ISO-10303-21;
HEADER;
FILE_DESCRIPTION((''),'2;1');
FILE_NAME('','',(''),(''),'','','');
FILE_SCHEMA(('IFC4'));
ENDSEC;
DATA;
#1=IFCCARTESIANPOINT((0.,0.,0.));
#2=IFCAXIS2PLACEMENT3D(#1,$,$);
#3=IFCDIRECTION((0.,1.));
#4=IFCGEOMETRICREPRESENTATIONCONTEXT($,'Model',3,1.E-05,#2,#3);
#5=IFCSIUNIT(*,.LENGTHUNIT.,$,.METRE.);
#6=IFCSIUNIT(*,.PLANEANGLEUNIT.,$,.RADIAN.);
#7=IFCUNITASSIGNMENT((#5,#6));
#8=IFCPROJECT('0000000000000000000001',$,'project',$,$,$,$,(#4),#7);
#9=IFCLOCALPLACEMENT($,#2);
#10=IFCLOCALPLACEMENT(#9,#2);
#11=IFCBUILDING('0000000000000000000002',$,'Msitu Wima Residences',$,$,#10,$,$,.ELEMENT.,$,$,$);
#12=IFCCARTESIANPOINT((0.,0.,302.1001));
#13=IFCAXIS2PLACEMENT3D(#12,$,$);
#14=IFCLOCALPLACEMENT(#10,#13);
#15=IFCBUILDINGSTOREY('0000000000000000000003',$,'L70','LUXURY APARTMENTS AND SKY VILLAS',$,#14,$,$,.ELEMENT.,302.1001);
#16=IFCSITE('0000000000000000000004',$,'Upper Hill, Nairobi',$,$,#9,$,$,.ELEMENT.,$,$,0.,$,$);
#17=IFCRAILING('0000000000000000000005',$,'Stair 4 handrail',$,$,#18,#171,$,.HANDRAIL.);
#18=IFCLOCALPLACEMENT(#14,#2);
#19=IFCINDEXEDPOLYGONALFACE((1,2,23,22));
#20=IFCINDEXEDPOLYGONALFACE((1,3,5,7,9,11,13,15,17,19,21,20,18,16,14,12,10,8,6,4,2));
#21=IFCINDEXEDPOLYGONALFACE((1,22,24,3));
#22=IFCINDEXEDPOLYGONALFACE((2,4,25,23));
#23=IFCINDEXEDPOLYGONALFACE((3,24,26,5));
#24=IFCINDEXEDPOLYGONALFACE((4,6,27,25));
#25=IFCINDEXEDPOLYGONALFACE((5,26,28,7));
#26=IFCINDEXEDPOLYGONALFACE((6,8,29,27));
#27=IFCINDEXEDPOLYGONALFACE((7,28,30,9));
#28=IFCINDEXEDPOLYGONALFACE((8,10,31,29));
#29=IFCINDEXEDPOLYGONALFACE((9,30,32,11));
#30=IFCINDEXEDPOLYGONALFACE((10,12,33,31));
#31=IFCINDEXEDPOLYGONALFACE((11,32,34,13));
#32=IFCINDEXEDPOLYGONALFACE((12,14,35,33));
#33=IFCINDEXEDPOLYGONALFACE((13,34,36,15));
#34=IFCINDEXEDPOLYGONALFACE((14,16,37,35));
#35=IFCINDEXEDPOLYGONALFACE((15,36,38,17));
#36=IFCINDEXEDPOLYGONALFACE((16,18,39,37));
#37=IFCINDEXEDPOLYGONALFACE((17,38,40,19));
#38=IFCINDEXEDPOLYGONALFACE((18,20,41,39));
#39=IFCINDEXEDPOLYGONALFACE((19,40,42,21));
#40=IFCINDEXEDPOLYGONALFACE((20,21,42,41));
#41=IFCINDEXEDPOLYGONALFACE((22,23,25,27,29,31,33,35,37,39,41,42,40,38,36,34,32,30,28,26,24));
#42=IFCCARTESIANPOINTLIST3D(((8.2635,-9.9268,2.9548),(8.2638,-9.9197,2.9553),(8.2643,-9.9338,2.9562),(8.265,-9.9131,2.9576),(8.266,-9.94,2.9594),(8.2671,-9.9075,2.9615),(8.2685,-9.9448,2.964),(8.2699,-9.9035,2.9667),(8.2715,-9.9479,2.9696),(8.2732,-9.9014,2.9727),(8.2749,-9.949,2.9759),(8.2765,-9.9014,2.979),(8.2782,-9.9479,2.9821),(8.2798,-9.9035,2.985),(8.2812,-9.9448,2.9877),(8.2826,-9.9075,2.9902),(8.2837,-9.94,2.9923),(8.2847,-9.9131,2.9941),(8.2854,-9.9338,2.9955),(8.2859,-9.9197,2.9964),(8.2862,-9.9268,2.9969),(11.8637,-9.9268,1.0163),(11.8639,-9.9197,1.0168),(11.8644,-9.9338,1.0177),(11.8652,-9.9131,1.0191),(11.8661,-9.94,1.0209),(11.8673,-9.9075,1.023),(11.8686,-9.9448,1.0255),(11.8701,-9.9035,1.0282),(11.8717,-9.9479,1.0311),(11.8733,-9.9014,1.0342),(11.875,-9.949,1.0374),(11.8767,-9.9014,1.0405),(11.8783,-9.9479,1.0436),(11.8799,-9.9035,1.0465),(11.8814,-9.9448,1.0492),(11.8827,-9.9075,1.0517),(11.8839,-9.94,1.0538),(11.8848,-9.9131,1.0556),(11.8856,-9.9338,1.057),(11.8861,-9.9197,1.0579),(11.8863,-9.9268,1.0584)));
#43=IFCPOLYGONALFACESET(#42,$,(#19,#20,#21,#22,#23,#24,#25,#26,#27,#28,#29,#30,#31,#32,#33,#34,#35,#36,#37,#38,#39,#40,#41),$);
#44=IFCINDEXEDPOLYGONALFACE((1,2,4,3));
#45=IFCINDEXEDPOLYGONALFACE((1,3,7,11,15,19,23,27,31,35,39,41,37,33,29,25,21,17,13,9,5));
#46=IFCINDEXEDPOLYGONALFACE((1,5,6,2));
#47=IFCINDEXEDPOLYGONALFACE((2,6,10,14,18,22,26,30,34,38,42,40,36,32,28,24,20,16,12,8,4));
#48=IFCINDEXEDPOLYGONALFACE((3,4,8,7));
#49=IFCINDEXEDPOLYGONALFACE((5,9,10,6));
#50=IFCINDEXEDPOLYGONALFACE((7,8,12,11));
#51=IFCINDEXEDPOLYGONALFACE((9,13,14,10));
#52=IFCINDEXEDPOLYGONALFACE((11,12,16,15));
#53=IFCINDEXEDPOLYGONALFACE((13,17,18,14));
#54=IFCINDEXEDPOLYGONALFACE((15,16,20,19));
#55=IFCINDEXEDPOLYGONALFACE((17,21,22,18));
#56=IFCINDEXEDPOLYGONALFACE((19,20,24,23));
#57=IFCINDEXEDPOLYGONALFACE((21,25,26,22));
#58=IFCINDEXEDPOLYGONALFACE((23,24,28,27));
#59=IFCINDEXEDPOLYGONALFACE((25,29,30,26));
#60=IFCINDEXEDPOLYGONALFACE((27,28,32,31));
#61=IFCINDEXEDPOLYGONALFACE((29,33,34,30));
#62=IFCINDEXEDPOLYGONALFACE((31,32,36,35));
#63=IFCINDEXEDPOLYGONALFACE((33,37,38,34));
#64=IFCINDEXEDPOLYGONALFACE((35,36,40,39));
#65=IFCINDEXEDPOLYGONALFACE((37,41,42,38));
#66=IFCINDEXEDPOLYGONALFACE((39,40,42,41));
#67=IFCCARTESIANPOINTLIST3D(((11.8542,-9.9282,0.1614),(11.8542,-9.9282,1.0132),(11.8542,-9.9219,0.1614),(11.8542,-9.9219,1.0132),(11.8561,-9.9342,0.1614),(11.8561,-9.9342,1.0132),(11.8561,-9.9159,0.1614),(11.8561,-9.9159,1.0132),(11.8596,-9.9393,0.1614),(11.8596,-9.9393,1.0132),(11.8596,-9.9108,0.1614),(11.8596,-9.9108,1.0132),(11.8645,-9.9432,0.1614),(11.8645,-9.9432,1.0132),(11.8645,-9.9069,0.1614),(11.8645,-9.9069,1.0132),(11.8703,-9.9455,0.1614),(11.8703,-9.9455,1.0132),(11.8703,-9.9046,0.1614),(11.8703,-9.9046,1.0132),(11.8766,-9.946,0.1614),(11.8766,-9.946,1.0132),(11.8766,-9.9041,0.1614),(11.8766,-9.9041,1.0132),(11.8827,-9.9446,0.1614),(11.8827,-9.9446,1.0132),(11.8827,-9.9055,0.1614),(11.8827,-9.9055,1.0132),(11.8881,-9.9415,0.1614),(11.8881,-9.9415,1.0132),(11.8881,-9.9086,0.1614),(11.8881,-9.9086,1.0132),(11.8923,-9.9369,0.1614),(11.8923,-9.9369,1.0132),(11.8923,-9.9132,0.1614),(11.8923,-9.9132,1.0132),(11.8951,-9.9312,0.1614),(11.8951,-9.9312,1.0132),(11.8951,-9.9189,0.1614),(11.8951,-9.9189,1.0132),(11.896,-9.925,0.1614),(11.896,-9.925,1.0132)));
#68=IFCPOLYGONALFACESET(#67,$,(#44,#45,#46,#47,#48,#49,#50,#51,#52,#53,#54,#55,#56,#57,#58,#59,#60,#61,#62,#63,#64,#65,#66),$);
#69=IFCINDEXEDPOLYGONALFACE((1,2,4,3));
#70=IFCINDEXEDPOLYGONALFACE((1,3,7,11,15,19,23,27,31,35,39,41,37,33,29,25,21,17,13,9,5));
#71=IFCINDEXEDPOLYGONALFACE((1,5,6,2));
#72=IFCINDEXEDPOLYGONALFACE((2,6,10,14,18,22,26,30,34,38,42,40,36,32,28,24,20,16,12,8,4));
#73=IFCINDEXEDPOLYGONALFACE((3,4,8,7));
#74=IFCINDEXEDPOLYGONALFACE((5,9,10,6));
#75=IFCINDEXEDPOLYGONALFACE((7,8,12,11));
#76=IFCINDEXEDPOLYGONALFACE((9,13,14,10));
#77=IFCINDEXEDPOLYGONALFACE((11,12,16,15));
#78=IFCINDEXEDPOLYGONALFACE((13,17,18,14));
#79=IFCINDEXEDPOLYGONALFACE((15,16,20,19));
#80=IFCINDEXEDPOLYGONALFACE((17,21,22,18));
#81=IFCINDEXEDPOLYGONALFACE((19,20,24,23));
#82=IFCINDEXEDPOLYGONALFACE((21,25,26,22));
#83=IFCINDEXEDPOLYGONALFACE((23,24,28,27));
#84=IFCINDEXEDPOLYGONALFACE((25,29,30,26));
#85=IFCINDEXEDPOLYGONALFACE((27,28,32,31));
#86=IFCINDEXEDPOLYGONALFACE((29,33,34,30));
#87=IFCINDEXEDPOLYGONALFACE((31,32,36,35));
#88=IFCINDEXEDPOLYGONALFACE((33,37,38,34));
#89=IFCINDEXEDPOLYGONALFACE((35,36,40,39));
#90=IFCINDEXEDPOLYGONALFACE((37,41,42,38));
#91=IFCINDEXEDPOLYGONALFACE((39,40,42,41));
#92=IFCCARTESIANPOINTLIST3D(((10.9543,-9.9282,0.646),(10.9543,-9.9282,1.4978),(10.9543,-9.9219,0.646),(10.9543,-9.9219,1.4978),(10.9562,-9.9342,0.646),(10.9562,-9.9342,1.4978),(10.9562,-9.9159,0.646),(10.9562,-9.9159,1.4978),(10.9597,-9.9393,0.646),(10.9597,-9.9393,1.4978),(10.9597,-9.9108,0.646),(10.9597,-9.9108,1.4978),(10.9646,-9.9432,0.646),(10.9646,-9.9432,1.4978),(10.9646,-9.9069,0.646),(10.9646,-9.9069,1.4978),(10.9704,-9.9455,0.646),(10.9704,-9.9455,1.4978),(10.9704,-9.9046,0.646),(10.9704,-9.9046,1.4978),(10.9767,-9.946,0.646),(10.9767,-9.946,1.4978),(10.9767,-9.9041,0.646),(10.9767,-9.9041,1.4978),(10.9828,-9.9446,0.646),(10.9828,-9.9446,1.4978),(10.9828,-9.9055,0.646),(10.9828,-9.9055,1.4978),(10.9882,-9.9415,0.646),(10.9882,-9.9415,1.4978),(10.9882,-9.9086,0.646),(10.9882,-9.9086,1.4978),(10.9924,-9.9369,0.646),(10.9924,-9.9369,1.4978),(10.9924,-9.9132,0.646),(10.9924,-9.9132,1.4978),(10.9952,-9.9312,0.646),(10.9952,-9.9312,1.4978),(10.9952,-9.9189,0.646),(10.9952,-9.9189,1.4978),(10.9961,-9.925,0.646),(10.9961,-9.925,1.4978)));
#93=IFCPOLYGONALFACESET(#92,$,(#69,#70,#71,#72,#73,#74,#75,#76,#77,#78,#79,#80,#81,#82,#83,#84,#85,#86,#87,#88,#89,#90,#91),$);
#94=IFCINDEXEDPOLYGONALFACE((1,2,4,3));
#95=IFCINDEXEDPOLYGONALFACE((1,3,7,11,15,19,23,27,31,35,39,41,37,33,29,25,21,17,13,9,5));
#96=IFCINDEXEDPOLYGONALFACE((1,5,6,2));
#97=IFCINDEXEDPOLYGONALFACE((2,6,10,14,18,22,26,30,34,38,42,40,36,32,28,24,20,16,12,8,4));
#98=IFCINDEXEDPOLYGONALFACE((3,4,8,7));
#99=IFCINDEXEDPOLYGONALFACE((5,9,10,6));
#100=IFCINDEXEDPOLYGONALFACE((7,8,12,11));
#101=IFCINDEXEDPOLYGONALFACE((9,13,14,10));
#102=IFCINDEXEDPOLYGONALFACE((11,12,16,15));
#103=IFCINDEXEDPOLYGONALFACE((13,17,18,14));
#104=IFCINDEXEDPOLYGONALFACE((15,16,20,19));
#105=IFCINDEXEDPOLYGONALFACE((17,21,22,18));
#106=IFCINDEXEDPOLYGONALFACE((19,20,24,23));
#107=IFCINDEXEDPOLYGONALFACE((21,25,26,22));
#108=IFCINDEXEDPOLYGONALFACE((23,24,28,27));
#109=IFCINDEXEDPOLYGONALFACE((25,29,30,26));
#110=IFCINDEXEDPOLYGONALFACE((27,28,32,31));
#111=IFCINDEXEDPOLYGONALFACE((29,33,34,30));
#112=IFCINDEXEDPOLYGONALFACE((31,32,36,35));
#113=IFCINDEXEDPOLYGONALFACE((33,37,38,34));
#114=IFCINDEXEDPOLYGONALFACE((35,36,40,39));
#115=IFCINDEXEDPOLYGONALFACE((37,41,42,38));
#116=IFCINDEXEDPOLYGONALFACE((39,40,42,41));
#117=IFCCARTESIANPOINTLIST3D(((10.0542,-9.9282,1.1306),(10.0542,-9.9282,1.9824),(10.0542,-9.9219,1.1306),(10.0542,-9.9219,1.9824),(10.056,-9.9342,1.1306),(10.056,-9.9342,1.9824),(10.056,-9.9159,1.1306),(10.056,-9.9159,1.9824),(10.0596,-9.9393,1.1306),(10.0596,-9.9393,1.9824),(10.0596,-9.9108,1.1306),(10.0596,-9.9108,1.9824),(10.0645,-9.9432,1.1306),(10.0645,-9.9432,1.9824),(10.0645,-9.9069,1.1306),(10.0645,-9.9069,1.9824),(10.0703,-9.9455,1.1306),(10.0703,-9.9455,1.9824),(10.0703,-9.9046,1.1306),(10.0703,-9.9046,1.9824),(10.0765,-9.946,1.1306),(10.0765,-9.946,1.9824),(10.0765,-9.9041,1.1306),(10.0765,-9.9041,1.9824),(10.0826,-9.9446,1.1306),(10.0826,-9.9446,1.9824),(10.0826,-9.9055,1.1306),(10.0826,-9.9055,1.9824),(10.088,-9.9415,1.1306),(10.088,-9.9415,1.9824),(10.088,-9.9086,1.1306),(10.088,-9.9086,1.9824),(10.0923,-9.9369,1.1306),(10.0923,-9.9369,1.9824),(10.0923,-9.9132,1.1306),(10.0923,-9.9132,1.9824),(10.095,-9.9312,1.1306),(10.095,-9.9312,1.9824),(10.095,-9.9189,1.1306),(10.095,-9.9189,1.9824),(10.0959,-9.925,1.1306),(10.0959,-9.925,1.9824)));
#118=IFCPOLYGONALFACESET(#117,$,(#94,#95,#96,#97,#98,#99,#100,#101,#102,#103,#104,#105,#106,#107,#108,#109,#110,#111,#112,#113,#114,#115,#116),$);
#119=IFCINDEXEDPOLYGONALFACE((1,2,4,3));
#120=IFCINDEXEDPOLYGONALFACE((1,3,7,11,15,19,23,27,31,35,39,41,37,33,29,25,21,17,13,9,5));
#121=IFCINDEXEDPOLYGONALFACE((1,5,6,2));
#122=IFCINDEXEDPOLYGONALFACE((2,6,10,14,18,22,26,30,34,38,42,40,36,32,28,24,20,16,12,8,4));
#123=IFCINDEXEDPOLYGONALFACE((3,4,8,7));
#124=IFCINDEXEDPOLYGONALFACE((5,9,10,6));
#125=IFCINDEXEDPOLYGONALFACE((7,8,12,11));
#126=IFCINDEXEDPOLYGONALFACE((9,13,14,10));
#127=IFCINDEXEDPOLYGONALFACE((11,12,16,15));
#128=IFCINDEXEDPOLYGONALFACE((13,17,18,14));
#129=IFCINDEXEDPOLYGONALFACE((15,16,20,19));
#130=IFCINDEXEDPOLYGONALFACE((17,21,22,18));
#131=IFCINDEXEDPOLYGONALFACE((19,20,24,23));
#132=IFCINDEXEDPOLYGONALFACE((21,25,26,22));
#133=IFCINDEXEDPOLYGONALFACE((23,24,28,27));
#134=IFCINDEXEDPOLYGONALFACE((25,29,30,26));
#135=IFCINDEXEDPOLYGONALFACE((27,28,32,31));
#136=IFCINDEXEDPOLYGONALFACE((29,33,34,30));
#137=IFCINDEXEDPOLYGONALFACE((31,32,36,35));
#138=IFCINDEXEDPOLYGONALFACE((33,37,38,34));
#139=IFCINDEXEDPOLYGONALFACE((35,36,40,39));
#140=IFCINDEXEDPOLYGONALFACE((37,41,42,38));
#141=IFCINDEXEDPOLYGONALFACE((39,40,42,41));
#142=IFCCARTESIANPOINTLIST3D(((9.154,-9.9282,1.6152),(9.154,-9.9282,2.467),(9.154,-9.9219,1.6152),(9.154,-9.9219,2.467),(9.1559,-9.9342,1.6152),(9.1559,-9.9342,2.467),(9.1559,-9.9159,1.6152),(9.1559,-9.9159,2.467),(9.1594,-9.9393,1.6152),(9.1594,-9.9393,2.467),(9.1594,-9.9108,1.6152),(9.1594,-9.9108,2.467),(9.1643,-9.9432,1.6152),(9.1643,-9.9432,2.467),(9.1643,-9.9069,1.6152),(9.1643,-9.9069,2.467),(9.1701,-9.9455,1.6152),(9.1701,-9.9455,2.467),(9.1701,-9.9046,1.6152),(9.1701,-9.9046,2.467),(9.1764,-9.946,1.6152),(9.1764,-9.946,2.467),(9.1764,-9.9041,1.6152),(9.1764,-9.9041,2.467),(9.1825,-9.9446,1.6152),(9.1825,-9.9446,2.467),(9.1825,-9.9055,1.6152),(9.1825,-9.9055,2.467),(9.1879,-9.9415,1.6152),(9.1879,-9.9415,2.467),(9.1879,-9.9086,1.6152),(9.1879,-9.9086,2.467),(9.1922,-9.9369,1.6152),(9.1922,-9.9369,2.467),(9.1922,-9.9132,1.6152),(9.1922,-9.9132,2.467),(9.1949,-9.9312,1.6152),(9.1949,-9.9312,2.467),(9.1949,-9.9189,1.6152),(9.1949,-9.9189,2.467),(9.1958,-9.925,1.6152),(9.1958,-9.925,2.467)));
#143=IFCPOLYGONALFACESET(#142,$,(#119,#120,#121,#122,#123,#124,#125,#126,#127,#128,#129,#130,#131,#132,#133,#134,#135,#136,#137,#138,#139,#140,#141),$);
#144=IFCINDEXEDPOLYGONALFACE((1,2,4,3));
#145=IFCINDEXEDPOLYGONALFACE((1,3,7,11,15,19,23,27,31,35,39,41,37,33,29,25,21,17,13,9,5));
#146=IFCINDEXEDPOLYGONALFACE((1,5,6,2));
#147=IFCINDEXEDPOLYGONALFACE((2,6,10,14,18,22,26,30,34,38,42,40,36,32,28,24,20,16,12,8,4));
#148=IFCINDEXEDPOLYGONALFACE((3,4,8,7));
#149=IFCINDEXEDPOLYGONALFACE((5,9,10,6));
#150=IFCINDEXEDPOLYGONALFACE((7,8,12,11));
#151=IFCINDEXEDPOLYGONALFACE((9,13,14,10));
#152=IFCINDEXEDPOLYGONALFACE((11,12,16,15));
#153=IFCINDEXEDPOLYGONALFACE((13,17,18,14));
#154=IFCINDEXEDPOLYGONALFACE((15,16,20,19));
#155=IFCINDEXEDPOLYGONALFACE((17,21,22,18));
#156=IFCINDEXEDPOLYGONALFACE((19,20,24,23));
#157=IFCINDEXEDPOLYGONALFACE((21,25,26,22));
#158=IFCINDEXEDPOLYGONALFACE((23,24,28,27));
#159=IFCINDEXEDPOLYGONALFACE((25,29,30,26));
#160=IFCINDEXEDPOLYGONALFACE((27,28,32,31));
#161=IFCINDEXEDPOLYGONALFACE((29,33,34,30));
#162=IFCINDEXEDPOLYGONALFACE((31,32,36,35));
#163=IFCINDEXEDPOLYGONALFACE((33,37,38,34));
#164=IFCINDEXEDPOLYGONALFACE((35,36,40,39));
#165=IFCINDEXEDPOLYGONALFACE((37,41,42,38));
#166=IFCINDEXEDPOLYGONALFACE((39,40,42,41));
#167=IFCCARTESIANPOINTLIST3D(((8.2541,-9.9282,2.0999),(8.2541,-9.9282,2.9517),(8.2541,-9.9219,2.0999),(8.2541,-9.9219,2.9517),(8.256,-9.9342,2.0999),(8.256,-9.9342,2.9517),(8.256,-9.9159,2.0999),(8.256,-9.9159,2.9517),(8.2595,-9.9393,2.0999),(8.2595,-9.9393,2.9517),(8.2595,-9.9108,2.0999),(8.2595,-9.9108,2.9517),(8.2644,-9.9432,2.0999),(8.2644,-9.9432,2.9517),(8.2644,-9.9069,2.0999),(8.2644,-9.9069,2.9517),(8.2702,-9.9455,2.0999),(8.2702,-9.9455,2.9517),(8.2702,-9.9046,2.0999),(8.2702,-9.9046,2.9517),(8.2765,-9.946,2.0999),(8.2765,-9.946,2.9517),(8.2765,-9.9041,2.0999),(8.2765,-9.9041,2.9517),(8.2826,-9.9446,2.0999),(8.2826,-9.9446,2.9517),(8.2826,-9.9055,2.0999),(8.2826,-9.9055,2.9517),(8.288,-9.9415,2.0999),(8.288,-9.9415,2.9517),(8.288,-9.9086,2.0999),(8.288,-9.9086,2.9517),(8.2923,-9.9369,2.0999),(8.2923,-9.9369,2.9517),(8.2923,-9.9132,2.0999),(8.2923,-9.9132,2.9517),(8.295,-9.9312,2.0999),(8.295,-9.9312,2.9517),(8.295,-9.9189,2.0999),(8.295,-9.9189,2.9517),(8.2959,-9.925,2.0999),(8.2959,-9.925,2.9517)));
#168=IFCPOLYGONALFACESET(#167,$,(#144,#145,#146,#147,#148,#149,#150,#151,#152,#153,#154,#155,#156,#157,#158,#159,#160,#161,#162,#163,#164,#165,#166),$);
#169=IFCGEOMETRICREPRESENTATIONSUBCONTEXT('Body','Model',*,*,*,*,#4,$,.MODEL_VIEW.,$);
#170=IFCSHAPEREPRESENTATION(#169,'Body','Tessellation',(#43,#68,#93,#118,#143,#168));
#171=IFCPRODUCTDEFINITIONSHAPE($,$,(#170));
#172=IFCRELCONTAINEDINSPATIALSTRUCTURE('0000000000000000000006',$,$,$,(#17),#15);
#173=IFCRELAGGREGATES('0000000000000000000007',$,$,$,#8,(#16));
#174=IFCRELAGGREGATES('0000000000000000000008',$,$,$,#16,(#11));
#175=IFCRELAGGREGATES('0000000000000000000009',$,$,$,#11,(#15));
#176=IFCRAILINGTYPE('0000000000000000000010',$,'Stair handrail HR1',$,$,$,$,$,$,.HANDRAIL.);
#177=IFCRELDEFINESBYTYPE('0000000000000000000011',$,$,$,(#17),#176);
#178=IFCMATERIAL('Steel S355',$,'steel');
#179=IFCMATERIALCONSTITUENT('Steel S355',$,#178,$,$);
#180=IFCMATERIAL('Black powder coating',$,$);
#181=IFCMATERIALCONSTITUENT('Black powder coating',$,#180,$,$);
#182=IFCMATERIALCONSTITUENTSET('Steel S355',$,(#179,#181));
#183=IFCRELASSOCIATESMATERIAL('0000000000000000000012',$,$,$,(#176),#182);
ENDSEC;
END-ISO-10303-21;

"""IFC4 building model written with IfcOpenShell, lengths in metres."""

from ifc_helpers import new_model, si_unit, direction, frame, origin, origin_2d, place, context, subcontext, project, spatial, circle, extrude, material, constituent, constituent_set, type_object, element, save


model = new_model("IFC4")

# Units and contexts
model_context = context("Model", 3, precision=1e-05, world=origin(), true_north=direction((0.0, 1.0)))
body_context = subcontext(model_context, "Body", "Model", "MODEL_VIEW")
ifc_project = project(units=[si_unit("LENGTHUNIT", "METRE"), si_unit("PLANEANGLEUNIT", "RADIAN")], contexts=[model_context])

# Site, building, storey
site_placement = place(None, origin())
site = spatial("IfcSite", under=ifc_project, at=site_placement, Name="Upper Hill, Nairobi", CompositionType="ELEMENT", RefElevation=0.0)
building_placement = place(site_placement, origin())
building = spatial("IfcBuilding", under=site, at=building_placement, Name="Msitu Wima Residences", CompositionType="ELEMENT")
storey_placement = place(building_placement, frame((0.0, 0.0, 302.1001)))
storey = spatial("IfcBuildingStorey", under=building, at=storey_placement, Name="L70", Description="LUXURY APARTMENTS AND SKY VILLAS", CompositionType="ELEMENT", Elevation=302.1001)

# Railing
ifc_material_1 = material(Name="Steel S355", Category="steel")
ifc_constituent_1 = constituent(ifc_material_1, Name="Steel S355")
ifc_material_2 = material(Name="Black powder coating")
ifc_constituent_2 = constituent(ifc_material_2, Name="Black powder coating")
ifc_constituent_set = constituent_set(constituents=[ifc_constituent_1, ifc_constituent_2], Name="Steel S355")
railing_type = type_object("IfcRailingType", Name="Stair handrail HR1", PredefinedType="HANDRAIL", material=ifc_constituent_set)
for number, where, name in (
    (1, (11.875, -9.925, 0.1614), "Stair 4 handrail"),
):
    element("IfcRailing", number, at=place(storey_placement, frame(where)), inside=storey, type_object=railing_type, Name=name, PredefinedType="HANDRAIL", context=body_context, shape_type="SweptSolid", body=[
        extrude(circle(Radius=0.0239, at=origin_2d()), frame((0.0, 0.0, 0.876), z_axis=(-0.880475, 0.0, 0.474093), x_axis=(0.0, -1.0, 0.0)), (0.0, 0.0, 1.0), 4.0889),
        extrude(circle(Radius=0.021, at=origin_2d()), origin(), (0.0, 0.0, 1.0), 0.8518),
        extrude(circle(Radius=0.021, at=origin_2d()), frame((-0.8999, 0.0, 0.4846)), (0.0, 0.0, 1.0), 0.8518),
        extrude(circle(Radius=0.021, at=origin_2d()), frame((-1.8, 0.0, 0.9692)), (0.0, 0.0, 1.0), 0.8518),
        extrude(circle(Radius=0.021, at=origin_2d()), frame((-2.7002, 0.0, 1.4539)), (0.0, 0.0, 1.0), 0.8518),
        extrude(circle(Radius=0.021, at=origin_2d()), frame((-3.6001, 0.0, 1.9385)), (0.0, 0.0, 1.0), 0.8518),
    ])

save(model, "model.ifc")
